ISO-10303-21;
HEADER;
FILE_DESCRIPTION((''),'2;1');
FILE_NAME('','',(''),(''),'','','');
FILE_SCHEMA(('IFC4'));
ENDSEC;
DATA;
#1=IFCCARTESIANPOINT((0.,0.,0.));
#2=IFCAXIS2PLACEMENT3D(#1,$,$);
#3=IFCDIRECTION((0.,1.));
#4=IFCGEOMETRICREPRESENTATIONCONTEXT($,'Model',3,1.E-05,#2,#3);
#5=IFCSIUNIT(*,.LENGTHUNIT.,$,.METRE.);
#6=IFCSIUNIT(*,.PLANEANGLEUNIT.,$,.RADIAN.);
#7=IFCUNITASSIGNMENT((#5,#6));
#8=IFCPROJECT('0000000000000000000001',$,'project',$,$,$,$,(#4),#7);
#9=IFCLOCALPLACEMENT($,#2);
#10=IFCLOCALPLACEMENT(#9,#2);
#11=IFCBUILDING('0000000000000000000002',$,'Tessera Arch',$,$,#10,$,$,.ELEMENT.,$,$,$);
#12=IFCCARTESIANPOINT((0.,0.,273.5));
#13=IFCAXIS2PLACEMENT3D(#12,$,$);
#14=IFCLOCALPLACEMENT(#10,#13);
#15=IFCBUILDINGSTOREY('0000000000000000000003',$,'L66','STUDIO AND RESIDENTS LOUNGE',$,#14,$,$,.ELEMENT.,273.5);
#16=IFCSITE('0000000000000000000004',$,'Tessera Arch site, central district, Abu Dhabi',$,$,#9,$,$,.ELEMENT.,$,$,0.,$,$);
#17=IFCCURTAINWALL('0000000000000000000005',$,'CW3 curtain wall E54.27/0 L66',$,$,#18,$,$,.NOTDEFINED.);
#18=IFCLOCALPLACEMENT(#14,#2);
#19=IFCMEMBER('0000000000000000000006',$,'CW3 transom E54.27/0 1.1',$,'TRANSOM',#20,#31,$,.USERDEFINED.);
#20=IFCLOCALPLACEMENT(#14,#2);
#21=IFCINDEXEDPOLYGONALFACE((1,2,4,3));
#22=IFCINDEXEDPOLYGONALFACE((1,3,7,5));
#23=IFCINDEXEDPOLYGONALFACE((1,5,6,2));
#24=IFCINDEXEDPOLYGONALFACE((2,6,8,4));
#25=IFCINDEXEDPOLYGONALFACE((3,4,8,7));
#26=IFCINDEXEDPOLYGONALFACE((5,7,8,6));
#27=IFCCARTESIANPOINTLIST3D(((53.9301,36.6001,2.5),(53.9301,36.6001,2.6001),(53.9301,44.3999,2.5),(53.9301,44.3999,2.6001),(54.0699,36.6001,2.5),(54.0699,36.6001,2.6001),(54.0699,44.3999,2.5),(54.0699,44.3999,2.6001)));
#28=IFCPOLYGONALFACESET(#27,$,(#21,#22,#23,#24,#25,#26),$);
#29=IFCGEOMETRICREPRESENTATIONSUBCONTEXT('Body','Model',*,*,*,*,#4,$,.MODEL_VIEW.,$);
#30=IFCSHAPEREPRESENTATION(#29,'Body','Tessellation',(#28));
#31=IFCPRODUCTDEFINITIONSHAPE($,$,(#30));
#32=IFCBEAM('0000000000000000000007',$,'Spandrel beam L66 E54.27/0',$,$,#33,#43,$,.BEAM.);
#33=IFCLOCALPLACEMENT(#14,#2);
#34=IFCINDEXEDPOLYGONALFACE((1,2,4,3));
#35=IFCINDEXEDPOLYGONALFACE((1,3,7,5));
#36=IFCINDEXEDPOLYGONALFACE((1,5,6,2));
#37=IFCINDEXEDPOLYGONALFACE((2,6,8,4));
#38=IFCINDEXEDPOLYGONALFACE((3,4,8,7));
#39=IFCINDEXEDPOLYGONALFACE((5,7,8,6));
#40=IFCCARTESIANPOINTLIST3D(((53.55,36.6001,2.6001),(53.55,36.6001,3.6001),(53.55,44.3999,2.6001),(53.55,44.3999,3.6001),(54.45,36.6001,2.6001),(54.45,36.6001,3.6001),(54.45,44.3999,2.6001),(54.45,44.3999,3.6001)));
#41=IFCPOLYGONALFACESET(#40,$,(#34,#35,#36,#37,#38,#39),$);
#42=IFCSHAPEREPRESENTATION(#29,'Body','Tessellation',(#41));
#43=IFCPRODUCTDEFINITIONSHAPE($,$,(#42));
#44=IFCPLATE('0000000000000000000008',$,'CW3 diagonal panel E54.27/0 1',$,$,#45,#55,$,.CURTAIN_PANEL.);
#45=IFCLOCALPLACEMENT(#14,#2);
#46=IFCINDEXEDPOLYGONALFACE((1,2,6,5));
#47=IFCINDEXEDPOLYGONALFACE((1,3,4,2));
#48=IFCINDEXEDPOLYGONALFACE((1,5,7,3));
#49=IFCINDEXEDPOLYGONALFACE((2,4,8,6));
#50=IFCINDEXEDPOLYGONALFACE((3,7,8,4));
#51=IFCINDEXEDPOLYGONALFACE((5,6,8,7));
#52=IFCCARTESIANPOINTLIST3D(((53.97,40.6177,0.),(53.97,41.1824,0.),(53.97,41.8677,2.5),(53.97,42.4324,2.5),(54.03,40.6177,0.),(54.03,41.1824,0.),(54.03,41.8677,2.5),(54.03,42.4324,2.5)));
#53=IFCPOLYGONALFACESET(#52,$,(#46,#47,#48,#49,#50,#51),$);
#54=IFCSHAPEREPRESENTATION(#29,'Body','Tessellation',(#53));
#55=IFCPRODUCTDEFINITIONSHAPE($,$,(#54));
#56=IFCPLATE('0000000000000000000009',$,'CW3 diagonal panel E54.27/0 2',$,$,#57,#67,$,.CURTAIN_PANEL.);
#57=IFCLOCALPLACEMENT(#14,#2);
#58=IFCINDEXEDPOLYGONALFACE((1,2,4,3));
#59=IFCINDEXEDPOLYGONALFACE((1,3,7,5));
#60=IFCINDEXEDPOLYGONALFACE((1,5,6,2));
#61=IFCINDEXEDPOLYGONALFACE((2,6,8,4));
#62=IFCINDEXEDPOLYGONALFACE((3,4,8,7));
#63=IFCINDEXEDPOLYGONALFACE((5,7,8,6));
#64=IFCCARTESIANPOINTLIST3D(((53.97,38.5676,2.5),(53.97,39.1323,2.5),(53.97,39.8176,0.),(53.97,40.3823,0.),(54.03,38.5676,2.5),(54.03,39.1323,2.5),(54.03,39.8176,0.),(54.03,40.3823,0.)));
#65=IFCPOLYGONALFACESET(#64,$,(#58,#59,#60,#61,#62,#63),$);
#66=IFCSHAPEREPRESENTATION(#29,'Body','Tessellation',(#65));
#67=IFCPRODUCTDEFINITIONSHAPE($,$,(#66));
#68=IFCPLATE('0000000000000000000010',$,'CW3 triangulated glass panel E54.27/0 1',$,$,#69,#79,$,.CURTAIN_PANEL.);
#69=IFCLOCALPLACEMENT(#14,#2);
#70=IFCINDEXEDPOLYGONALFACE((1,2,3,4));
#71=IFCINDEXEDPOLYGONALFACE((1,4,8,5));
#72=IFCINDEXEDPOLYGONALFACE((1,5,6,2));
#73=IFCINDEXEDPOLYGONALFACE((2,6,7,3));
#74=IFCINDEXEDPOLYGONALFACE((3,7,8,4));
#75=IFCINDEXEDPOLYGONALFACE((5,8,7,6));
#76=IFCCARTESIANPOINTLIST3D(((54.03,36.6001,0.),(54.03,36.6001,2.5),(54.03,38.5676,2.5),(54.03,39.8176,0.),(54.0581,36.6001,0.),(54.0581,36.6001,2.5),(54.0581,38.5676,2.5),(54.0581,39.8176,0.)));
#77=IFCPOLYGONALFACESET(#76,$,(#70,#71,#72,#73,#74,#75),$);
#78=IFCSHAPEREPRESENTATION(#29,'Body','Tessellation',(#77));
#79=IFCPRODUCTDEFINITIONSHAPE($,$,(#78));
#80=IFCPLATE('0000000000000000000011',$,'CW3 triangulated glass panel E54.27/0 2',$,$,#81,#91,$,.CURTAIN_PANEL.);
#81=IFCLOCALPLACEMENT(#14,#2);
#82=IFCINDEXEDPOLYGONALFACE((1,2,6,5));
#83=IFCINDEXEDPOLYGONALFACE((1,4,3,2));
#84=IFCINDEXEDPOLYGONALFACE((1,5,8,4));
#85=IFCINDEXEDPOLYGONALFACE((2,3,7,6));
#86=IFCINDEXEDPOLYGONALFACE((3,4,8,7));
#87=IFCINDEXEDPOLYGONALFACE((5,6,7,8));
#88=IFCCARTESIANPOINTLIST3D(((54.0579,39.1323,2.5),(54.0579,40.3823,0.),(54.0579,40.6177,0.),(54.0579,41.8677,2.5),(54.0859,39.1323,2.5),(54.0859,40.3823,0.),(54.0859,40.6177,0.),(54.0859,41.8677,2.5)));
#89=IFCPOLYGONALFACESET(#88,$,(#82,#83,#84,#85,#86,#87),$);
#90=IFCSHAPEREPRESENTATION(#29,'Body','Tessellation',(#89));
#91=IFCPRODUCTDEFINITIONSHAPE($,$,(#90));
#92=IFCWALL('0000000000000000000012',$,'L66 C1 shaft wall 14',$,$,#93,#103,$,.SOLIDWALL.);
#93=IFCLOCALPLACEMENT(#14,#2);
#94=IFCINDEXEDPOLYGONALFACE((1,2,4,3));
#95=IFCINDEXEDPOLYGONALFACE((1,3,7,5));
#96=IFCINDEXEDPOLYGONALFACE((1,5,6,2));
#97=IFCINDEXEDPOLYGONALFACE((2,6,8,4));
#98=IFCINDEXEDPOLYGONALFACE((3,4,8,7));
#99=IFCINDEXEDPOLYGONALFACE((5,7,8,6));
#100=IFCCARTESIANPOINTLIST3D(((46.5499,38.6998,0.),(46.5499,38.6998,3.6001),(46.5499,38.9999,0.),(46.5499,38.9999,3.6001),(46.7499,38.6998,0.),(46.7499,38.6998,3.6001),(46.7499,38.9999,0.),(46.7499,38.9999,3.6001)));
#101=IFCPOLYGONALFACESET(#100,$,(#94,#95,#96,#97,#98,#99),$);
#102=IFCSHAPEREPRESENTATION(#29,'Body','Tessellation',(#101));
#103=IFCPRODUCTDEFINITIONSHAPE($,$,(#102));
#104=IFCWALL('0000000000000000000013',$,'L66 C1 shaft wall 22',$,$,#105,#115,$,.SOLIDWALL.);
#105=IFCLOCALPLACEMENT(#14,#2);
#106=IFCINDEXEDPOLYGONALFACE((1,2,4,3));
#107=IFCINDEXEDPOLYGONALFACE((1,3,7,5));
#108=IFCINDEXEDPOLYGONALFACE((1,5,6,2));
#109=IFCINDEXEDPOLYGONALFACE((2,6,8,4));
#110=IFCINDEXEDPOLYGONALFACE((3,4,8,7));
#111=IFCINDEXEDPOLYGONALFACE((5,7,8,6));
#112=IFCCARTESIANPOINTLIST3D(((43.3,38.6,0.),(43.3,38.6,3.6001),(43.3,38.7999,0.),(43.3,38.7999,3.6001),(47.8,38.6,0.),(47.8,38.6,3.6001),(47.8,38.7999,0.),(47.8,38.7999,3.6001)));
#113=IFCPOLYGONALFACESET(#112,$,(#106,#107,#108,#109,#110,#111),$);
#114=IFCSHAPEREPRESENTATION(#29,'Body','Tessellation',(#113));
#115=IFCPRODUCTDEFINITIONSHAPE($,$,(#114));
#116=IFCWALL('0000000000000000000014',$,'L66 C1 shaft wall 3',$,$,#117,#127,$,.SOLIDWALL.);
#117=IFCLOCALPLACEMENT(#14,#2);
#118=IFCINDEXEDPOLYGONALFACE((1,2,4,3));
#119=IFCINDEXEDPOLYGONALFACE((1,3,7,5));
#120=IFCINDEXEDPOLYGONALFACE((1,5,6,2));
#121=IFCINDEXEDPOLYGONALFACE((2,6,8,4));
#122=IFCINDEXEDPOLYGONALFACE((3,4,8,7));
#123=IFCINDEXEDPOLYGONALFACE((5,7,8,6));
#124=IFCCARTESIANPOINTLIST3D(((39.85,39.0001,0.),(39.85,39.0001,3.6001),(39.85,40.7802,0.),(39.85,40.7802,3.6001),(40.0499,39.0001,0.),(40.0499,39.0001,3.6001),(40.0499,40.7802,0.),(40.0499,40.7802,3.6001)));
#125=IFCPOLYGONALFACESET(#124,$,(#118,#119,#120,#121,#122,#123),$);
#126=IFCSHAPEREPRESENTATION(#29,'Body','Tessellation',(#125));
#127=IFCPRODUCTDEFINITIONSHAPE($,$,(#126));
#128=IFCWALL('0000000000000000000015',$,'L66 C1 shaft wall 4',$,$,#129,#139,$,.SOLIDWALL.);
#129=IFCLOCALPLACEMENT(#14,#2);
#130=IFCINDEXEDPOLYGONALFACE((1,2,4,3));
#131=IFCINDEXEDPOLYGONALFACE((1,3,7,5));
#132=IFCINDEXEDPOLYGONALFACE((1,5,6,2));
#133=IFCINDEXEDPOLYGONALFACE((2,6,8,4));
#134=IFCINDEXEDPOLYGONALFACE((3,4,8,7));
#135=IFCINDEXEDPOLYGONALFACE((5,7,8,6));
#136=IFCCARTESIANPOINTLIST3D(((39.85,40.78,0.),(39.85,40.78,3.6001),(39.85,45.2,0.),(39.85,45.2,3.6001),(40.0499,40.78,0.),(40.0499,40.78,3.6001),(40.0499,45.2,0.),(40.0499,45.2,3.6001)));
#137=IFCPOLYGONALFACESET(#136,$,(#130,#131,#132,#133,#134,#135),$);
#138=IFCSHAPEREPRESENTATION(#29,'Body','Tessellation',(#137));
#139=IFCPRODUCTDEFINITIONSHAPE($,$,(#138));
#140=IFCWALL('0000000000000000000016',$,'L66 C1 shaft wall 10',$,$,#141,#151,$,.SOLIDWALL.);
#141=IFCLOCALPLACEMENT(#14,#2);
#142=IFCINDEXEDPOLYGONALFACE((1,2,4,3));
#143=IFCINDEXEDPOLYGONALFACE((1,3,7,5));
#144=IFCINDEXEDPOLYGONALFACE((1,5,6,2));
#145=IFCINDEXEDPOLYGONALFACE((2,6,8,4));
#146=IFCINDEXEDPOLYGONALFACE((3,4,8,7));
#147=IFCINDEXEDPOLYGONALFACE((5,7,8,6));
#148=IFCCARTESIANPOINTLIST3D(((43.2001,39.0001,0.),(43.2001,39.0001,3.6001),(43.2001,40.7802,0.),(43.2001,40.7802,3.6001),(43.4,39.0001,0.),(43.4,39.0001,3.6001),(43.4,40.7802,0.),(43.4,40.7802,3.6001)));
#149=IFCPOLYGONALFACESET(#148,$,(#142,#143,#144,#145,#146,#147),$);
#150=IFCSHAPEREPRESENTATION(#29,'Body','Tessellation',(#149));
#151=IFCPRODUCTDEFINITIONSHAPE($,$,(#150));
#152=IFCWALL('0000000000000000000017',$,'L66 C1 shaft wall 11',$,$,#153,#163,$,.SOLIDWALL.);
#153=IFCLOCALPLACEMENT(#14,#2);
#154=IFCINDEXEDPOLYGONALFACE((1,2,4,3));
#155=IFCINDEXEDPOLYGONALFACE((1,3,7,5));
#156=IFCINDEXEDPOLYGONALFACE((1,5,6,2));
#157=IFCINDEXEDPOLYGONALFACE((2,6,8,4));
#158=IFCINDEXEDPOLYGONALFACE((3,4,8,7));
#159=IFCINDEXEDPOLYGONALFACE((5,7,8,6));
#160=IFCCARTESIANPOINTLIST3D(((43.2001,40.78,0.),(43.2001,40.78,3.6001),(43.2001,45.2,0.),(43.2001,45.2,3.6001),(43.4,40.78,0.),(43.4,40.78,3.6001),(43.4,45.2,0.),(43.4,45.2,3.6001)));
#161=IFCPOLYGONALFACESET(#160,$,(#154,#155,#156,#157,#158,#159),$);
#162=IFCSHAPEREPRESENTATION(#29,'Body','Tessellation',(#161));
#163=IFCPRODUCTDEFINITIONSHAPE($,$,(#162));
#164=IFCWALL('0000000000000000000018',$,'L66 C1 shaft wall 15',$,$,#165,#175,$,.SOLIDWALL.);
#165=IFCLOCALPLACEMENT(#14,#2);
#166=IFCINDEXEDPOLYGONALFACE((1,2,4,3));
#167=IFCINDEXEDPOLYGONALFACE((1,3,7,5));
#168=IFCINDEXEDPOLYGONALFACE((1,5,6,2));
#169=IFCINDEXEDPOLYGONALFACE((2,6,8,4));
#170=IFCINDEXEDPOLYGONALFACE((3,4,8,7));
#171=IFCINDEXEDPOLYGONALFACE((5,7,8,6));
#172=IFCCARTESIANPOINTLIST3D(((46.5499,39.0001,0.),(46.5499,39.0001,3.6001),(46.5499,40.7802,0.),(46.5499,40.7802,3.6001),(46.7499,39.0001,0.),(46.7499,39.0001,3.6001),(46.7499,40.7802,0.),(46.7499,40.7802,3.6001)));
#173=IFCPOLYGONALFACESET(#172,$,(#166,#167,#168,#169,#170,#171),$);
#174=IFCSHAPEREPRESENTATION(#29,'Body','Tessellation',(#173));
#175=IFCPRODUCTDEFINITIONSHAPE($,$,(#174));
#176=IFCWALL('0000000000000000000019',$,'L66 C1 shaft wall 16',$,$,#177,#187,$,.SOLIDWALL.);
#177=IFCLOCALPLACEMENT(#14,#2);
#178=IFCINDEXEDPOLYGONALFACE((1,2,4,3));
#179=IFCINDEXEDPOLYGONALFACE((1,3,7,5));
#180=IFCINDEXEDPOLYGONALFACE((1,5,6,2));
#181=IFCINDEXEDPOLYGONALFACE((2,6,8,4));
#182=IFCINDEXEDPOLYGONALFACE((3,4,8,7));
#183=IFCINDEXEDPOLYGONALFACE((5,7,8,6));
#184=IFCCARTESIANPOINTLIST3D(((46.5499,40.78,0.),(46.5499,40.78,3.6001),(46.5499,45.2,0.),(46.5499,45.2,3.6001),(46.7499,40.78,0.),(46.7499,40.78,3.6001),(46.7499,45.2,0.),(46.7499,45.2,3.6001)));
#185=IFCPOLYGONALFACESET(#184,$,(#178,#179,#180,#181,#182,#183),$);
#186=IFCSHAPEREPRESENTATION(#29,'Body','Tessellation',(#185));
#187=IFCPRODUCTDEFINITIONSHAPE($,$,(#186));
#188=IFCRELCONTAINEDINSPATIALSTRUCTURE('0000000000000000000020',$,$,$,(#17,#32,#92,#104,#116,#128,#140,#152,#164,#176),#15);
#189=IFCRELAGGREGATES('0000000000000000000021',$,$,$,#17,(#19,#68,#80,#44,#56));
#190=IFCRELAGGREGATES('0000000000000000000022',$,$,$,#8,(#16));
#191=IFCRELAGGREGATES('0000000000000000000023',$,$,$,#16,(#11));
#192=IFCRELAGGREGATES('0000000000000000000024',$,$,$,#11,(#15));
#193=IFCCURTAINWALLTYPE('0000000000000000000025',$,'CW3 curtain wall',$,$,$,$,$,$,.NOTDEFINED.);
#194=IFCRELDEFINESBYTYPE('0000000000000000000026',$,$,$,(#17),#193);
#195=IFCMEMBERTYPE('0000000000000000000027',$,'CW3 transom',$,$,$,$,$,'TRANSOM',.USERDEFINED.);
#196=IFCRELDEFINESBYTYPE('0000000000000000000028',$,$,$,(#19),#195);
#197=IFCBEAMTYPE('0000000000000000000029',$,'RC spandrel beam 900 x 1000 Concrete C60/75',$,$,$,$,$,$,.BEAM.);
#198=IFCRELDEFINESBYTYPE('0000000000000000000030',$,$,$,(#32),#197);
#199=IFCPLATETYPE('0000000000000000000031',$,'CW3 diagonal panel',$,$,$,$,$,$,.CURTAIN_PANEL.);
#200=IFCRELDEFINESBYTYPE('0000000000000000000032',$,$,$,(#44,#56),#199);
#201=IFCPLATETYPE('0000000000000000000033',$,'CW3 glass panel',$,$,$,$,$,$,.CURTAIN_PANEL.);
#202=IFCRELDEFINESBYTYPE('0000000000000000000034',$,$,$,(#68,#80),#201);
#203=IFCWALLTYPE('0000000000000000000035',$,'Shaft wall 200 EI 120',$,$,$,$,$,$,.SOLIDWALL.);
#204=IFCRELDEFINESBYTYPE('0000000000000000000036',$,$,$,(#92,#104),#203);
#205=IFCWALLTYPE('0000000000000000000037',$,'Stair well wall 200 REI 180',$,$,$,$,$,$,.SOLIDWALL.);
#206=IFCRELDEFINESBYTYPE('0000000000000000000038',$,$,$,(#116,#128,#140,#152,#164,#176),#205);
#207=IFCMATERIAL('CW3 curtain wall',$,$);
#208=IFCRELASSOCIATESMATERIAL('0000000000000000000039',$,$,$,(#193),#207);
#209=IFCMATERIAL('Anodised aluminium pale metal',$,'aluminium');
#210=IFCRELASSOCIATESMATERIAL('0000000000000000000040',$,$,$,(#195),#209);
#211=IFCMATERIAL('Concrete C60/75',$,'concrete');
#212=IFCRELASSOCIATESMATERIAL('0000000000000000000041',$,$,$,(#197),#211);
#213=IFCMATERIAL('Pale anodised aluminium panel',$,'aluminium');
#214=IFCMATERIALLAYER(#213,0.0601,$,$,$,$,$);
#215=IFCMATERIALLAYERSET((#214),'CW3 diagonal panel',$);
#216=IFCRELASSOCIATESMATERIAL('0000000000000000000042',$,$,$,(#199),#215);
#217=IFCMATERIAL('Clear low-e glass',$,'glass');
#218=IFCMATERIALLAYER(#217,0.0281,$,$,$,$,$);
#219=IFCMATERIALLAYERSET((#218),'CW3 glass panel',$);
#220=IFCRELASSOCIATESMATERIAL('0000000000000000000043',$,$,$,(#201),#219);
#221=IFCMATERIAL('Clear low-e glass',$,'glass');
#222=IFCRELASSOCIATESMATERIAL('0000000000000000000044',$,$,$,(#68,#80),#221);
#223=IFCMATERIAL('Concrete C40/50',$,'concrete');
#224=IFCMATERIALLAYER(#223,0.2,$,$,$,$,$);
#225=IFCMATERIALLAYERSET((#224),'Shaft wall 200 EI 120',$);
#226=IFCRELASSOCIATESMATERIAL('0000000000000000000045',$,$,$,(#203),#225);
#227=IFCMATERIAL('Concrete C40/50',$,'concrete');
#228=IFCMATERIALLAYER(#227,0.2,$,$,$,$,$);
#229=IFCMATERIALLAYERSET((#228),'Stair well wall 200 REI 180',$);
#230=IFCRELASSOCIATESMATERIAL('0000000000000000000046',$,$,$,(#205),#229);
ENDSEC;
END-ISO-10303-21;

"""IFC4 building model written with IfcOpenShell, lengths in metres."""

from ifc_helpers import new_model, si_unit, direction, frame, frame_2d, origin, origin_2d, place, context, subcontext, project, spatial, polyline, rectangle, outline, extrude, material, layer, layer_set, material_profile, profile_set, type_object, element, aggregate, save


model = new_model("IFC4")

# Units and contexts
model_context = context("Model", 3, precision=1e-05, world=origin(), true_north=direction((0.0, 1.0)))
body_context = subcontext(model_context, "Body", "Model", "MODEL_VIEW")
ifc_project = project(units=[si_unit("LENGTHUNIT", "METRE"), si_unit("PLANEANGLEUNIT", "RADIAN")], contexts=[model_context])

# Site, building, storey
site_placement = place(None, origin())
site = spatial("IfcSite", under=ifc_project, at=site_placement, Name="Tessera Arch site, central district, Abu Dhabi", CompositionType="ELEMENT", RefElevation=0.0)
building_placement = place(site_placement, origin())
building = spatial("IfcBuilding", under=site, at=building_placement, Name="Tessera Arch", CompositionType="ELEMENT")
storey_placement = place(building_placement, frame((0.0, 0.0, 273.5)))
storey = spatial("IfcBuildingStorey", under=building, at=storey_placement, Name="L66", Description="STUDIO AND RESIDENTS LOUNGE", CompositionType="ELEMENT", Elevation=273.5)

# Curtain wall, member
ifc_material_1 = material(Name="CW3 curtain wall")
curtain_wall_type = type_object("IfcCurtainWallType", Name="CW3 curtain wall", PredefinedType="NOTDEFINED", material=ifc_material_1)
curtain_wall_placement = place(storey_placement, origin())
curtain_wall = element("IfcCurtainWall", 1, at=curtain_wall_placement, inside=storey, type_object=curtain_wall_type, Name="CW3 curtain wall E54.27/0 L66", PredefinedType="NOTDEFINED")
ifc_material_2 = material(Name="Anodised aluminium pale metal", Category="aluminium")
ifc_material_profile_1 = material_profile(ifc_material_2, rectangle(XDim=0.1399, YDim=0.1001, at=origin_2d()), Name="AL 140x100")
ifc_profile_set_1 = profile_set([ifc_material_profile_1], Name="Anodised aluminium pale metal")
member_type = type_object("IfcMemberType", Name="CW3 transom", ElementType="TRANSOM", PredefinedType="USERDEFINED", material=ifc_profile_set_1)
member_placement = place(storey_placement, frame((54.0, 36.6001, 2.55), z_axis=(0.0, 1.0, 0.0), x_axis=(-1.0, 0.0, 0.0)))
member = element("IfcMember", 2, at=member_placement, type_object=member_type, Name="CW3 transom E54.27/0 1.1", ObjectType="TRANSOM", PredefinedType="USERDEFINED", context=body_context, shape_type="SweptSolid", body=[
    extrude(rectangle(XDim=0.1399, YDim=0.1001, at=origin_2d()), origin(), (0.0, 0.0, 1.0), 7.7998),
])

# Beam
ifc_material_3 = material(Name="Concrete C60/75", Category="concrete")
ifc_material_profile_2 = material_profile(ifc_material_3, rectangle(XDim=0.8999, YDim=1.0, at=origin_2d()), Name="RC spandrel beam 900 x 1000 Concrete C60/75")
ifc_profile_set_2 = profile_set([ifc_material_profile_2], Name="Concrete C60/75")
beam_type = type_object("IfcBeamType", Name="RC spandrel beam 900 x 1000 Concrete C60/75", PredefinedType="BEAM", material=ifc_profile_set_2)
beam_placement = place(storey_placement, frame((54.0, 36.6001, 3.1001), z_axis=(0.0, 1.0, 0.0), x_axis=(-1.0, 0.0, 0.0)))
element("IfcBeam", 3, at=beam_placement, inside=storey, type_object=beam_type, Name="Spandrel beam L66 E54.27/0", PredefinedType="BEAM", context=body_context, shape_type="SweptSolid", body=[
    extrude(rectangle(XDim=0.8999, YDim=1.0, at=origin_2d()), origin(), (0.0, 0.0, 1.0), 7.7998),
])

# Plates
ifc_material_4 = material(Name="Pale anodised aluminium panel", Category="aluminium")
ifc_layer_1 = layer(ifc_material_4, 0.0601)
ifc_layer_set_1 = layer_set([ifc_layer_1], Name="CW3 diagonal panel")
plate_type_1 = type_object("IfcPlateType", Name="CW3 diagonal panel", PredefinedType="CURTAIN_PANEL", material=ifc_layer_set_1)
plate_1_placement = place(storey_placement, frame((54.03, 42.4324, 2.5), z_axis=(1.0, 0.0, 0.0), x_axis=(0.0, -1.0, 0.0)))
plate_1 = element("IfcPlate", 4, at=plate_1_placement, type_object=plate_type_1, Name="CW3 diagonal panel E54.27/0 1", PredefinedType="CURTAIN_PANEL", context=body_context, shape_type="SweptSolid", body=[
    extrude(outline(polyline([(0.0, 0.0), (0.5647, 0.0), (1.8147, 2.5), (1.25, 2.5), (0.0, 0.0)])), origin(), (0.0, 0.0, -1.0), 0.0601),
])
plate_2_placement = place(storey_placement, frame((54.03, 39.1323, 2.5), z_axis=(1.0, 0.0, 0.0), x_axis=(0.0, -1.0, 0.0)))
plate_2 = element("IfcPlate", 5, at=plate_2_placement, type_object=plate_type_1, Name="CW3 diagonal panel E54.27/0 2", PredefinedType="CURTAIN_PANEL", context=body_context, shape_type="SweptSolid", body=[
    extrude(outline(polyline([(0.0, 0.0), (0.5647, 0.0), (-0.6853, 2.5), (-1.25, 2.5), (0.0, 0.0)])), origin(), (0.0, 0.0, -1.0), 0.0601),
])
ifc_material_5 = material(Name="Clear low-e glass", Category="glass")
ifc_material_6 = material(Name="Clear low-e glass", Category="glass")
ifc_layer_2 = layer(ifc_material_6, 0.0281)
ifc_layer_set_2 = layer_set([ifc_layer_2], Name="CW3 glass panel")
plate_type_2 = type_object("IfcPlateType", Name="CW3 glass panel", PredefinedType="CURTAIN_PANEL", material=ifc_layer_set_2)
plate_3_placement = place(storey_placement, frame((54.0581, 36.6001, 0.0), z_axis=(1.0, 0.0, 0.0), x_axis=(0.0, 1.0, 0.0)))
plate_3 = element("IfcPlate", 6, at=plate_3_placement, type_object=plate_type_2, material=ifc_material_5, Name="CW3 triangulated glass panel E54.27/0 1", PredefinedType="CURTAIN_PANEL", context=body_context, shape_type="SweptSolid", body=[
    extrude(outline(polyline([(0.0, 0.0), (3.2175, 0.0), (1.9675, 2.5), (0.0, 2.5), (0.0, 0.0)])), origin(), (0.0, 0.0, -1.0), 0.0281),
])
plate_4_placement = place(storey_placement, frame((54.0859, 41.8677, 2.5), z_axis=(1.0, 0.0, 0.0), x_axis=(0.0, -1.0, 0.0)))
plate_4 = element("IfcPlate", 7, at=plate_4_placement, type_object=plate_type_2, material=ifc_material_5, Name="CW3 triangulated glass panel E54.27/0 2", PredefinedType="CURTAIN_PANEL", context=body_context, shape_type="SweptSolid", body=[
    extrude(outline(polyline([(0.0, 0.0), (2.7354, 0.0), (1.4854, 2.5), (1.25, 2.5), (0.0, 0.0)])), origin(), (0.0, 0.0, -1.0), 0.0281),
])
aggregate(curtain_wall, [member, plate_3, plate_4, plate_1, plate_2])

# Walls
ifc_material_7 = material(Name="Concrete C40/50", Category="concrete")
ifc_layer_3 = layer(ifc_material_7, 0.2)
ifc_layer_set_3 = layer_set([ifc_layer_3], Name="Shaft wall 200 EI 120")
wall_type_1 = type_object("IfcWallType", Name="Shaft wall 200 EI 120", PredefinedType="SOLIDWALL", material=ifc_layer_set_3)
wall_1_placement = place(storey_placement, frame((46.6499, 38.7, 0.0), z_axis=(0.0, 0.0, 1.0), x_axis=(0.0, 1.0, 0.0)))
element("IfcWall", 8, at=wall_1_placement, inside=storey, type_object=wall_type_1, Name="L66 C1 shaft wall 14", PredefinedType="SOLIDWALL", context=body_context, shape_type="SweptSolid", body=[
    extrude(rectangle(XDim=0.3, YDim=0.2, at=frame_2d((0.1499, 0.0))), origin(), (0.0, 0.0, 1.0), 3.6001),
])
wall_2_placement = place(storey_placement, frame((43.3, 38.7, 0.0), z_axis=(0.0, 0.0, 1.0), x_axis=(1.0, 0.0, 0.0)))
element("IfcWall", 9, at=wall_2_placement, inside=storey, type_object=wall_type_1, Name="L66 C1 shaft wall 22", PredefinedType="SOLIDWALL", context=body_context, shape_type="SweptSolid", body=[
    extrude(rectangle(XDim=4.5, YDim=0.2, at=frame_2d((2.25, 0.0))), origin(), (0.0, 0.0, 1.0), 3.6001),
])
ifc_material_8 = material(Name="Concrete C40/50", Category="concrete")
ifc_layer_4 = layer(ifc_material_8, 0.2)
ifc_layer_set_4 = layer_set([ifc_layer_4], Name="Stair well wall 200 REI 180")
wall_type_2 = type_object("IfcWallType", Name="Stair well wall 200 REI 180", PredefinedType="SOLIDWALL", material=ifc_layer_set_4)
wall_3_placement = place(storey_placement, frame((39.95, 39.0, 0.0), z_axis=(0.0, 0.0, 1.0), x_axis=(0.0, 1.0, 0.0)))
element("IfcWall", 10, at=wall_3_placement, inside=storey, type_object=wall_type_2, Name="L66 C1 shaft wall 3", PredefinedType="SOLIDWALL", context=body_context, shape_type="SweptSolid", body=[
    extrude(rectangle(XDim=1.78, YDim=0.2, at=frame_2d((0.8901, 0.0))), origin(), (0.0, 0.0, 1.0), 3.6001),
])
wall_4_placement = place(storey_placement, frame((39.95, 40.78, 0.0), z_axis=(0.0, 0.0, 1.0), x_axis=(0.0, 1.0, 0.0)))
element("IfcWall", 11, at=wall_4_placement, inside=storey, type_object=wall_type_2, Name="L66 C1 shaft wall 4", PredefinedType="SOLIDWALL", context=body_context, shape_type="SweptSolid", body=[
    extrude(rectangle(XDim=4.4199, YDim=0.2, at=frame_2d((2.21, 0.0))), origin(), (0.0, 0.0, 1.0), 3.6001),
])
wall_5_placement = place(storey_placement, frame((43.3, 39.0, 0.0), z_axis=(0.0, 0.0, 1.0), x_axis=(0.0, 1.0, 0.0)))
element("IfcWall", 12, at=wall_5_placement, inside=storey, type_object=wall_type_2, Name="L66 C1 shaft wall 10", PredefinedType="SOLIDWALL", context=body_context, shape_type="SweptSolid", body=[
    extrude(rectangle(XDim=1.78, YDim=0.2, at=frame_2d((0.8901, 0.0))), origin(), (0.0, 0.0, 1.0), 3.6001),
])
wall_6_placement = place(storey_placement, frame((43.3, 40.78, 0.0), z_axis=(0.0, 0.0, 1.0), x_axis=(0.0, 1.0, 0.0)))
element("IfcWall", 13, at=wall_6_placement, inside=storey, type_object=wall_type_2, Name="L66 C1 shaft wall 11", PredefinedType="SOLIDWALL", context=body_context, shape_type="SweptSolid", body=[
    extrude(rectangle(XDim=4.4199, YDim=0.2, at=frame_2d((2.21, 0.0))), origin(), (0.0, 0.0, 1.0), 3.6001),
])
wall_7_placement = place(storey_placement, frame((46.6499, 39.0, 0.0), z_axis=(0.0, 0.0, 1.0), x_axis=(0.0, 1.0, 0.0)))
element("IfcWall", 14, at=wall_7_placement, inside=storey, type_object=wall_type_2, Name="L66 C1 shaft wall 15", PredefinedType="SOLIDWALL", context=body_context, shape_type="SweptSolid", body=[
    extrude(rectangle(XDim=1.78, YDim=0.2, at=frame_2d((0.8901, 0.0))), origin(), (0.0, 0.0, 1.0), 3.6001),
])
wall_8_placement = place(storey_placement, frame((46.6499, 40.78, 0.0), z_axis=(0.0, 0.0, 1.0), x_axis=(0.0, 1.0, 0.0)))
element("IfcWall", 15, at=wall_8_placement, inside=storey, type_object=wall_type_2, Name="L66 C1 shaft wall 16", PredefinedType="SOLIDWALL", context=body_context, shape_type="SweptSolid", body=[
    extrude(rectangle(XDim=4.4199, YDim=0.2, at=frame_2d((2.21, 0.0))), origin(), (0.0, 0.0, 1.0), 3.6001),
])

save(model, "model.ifc")
